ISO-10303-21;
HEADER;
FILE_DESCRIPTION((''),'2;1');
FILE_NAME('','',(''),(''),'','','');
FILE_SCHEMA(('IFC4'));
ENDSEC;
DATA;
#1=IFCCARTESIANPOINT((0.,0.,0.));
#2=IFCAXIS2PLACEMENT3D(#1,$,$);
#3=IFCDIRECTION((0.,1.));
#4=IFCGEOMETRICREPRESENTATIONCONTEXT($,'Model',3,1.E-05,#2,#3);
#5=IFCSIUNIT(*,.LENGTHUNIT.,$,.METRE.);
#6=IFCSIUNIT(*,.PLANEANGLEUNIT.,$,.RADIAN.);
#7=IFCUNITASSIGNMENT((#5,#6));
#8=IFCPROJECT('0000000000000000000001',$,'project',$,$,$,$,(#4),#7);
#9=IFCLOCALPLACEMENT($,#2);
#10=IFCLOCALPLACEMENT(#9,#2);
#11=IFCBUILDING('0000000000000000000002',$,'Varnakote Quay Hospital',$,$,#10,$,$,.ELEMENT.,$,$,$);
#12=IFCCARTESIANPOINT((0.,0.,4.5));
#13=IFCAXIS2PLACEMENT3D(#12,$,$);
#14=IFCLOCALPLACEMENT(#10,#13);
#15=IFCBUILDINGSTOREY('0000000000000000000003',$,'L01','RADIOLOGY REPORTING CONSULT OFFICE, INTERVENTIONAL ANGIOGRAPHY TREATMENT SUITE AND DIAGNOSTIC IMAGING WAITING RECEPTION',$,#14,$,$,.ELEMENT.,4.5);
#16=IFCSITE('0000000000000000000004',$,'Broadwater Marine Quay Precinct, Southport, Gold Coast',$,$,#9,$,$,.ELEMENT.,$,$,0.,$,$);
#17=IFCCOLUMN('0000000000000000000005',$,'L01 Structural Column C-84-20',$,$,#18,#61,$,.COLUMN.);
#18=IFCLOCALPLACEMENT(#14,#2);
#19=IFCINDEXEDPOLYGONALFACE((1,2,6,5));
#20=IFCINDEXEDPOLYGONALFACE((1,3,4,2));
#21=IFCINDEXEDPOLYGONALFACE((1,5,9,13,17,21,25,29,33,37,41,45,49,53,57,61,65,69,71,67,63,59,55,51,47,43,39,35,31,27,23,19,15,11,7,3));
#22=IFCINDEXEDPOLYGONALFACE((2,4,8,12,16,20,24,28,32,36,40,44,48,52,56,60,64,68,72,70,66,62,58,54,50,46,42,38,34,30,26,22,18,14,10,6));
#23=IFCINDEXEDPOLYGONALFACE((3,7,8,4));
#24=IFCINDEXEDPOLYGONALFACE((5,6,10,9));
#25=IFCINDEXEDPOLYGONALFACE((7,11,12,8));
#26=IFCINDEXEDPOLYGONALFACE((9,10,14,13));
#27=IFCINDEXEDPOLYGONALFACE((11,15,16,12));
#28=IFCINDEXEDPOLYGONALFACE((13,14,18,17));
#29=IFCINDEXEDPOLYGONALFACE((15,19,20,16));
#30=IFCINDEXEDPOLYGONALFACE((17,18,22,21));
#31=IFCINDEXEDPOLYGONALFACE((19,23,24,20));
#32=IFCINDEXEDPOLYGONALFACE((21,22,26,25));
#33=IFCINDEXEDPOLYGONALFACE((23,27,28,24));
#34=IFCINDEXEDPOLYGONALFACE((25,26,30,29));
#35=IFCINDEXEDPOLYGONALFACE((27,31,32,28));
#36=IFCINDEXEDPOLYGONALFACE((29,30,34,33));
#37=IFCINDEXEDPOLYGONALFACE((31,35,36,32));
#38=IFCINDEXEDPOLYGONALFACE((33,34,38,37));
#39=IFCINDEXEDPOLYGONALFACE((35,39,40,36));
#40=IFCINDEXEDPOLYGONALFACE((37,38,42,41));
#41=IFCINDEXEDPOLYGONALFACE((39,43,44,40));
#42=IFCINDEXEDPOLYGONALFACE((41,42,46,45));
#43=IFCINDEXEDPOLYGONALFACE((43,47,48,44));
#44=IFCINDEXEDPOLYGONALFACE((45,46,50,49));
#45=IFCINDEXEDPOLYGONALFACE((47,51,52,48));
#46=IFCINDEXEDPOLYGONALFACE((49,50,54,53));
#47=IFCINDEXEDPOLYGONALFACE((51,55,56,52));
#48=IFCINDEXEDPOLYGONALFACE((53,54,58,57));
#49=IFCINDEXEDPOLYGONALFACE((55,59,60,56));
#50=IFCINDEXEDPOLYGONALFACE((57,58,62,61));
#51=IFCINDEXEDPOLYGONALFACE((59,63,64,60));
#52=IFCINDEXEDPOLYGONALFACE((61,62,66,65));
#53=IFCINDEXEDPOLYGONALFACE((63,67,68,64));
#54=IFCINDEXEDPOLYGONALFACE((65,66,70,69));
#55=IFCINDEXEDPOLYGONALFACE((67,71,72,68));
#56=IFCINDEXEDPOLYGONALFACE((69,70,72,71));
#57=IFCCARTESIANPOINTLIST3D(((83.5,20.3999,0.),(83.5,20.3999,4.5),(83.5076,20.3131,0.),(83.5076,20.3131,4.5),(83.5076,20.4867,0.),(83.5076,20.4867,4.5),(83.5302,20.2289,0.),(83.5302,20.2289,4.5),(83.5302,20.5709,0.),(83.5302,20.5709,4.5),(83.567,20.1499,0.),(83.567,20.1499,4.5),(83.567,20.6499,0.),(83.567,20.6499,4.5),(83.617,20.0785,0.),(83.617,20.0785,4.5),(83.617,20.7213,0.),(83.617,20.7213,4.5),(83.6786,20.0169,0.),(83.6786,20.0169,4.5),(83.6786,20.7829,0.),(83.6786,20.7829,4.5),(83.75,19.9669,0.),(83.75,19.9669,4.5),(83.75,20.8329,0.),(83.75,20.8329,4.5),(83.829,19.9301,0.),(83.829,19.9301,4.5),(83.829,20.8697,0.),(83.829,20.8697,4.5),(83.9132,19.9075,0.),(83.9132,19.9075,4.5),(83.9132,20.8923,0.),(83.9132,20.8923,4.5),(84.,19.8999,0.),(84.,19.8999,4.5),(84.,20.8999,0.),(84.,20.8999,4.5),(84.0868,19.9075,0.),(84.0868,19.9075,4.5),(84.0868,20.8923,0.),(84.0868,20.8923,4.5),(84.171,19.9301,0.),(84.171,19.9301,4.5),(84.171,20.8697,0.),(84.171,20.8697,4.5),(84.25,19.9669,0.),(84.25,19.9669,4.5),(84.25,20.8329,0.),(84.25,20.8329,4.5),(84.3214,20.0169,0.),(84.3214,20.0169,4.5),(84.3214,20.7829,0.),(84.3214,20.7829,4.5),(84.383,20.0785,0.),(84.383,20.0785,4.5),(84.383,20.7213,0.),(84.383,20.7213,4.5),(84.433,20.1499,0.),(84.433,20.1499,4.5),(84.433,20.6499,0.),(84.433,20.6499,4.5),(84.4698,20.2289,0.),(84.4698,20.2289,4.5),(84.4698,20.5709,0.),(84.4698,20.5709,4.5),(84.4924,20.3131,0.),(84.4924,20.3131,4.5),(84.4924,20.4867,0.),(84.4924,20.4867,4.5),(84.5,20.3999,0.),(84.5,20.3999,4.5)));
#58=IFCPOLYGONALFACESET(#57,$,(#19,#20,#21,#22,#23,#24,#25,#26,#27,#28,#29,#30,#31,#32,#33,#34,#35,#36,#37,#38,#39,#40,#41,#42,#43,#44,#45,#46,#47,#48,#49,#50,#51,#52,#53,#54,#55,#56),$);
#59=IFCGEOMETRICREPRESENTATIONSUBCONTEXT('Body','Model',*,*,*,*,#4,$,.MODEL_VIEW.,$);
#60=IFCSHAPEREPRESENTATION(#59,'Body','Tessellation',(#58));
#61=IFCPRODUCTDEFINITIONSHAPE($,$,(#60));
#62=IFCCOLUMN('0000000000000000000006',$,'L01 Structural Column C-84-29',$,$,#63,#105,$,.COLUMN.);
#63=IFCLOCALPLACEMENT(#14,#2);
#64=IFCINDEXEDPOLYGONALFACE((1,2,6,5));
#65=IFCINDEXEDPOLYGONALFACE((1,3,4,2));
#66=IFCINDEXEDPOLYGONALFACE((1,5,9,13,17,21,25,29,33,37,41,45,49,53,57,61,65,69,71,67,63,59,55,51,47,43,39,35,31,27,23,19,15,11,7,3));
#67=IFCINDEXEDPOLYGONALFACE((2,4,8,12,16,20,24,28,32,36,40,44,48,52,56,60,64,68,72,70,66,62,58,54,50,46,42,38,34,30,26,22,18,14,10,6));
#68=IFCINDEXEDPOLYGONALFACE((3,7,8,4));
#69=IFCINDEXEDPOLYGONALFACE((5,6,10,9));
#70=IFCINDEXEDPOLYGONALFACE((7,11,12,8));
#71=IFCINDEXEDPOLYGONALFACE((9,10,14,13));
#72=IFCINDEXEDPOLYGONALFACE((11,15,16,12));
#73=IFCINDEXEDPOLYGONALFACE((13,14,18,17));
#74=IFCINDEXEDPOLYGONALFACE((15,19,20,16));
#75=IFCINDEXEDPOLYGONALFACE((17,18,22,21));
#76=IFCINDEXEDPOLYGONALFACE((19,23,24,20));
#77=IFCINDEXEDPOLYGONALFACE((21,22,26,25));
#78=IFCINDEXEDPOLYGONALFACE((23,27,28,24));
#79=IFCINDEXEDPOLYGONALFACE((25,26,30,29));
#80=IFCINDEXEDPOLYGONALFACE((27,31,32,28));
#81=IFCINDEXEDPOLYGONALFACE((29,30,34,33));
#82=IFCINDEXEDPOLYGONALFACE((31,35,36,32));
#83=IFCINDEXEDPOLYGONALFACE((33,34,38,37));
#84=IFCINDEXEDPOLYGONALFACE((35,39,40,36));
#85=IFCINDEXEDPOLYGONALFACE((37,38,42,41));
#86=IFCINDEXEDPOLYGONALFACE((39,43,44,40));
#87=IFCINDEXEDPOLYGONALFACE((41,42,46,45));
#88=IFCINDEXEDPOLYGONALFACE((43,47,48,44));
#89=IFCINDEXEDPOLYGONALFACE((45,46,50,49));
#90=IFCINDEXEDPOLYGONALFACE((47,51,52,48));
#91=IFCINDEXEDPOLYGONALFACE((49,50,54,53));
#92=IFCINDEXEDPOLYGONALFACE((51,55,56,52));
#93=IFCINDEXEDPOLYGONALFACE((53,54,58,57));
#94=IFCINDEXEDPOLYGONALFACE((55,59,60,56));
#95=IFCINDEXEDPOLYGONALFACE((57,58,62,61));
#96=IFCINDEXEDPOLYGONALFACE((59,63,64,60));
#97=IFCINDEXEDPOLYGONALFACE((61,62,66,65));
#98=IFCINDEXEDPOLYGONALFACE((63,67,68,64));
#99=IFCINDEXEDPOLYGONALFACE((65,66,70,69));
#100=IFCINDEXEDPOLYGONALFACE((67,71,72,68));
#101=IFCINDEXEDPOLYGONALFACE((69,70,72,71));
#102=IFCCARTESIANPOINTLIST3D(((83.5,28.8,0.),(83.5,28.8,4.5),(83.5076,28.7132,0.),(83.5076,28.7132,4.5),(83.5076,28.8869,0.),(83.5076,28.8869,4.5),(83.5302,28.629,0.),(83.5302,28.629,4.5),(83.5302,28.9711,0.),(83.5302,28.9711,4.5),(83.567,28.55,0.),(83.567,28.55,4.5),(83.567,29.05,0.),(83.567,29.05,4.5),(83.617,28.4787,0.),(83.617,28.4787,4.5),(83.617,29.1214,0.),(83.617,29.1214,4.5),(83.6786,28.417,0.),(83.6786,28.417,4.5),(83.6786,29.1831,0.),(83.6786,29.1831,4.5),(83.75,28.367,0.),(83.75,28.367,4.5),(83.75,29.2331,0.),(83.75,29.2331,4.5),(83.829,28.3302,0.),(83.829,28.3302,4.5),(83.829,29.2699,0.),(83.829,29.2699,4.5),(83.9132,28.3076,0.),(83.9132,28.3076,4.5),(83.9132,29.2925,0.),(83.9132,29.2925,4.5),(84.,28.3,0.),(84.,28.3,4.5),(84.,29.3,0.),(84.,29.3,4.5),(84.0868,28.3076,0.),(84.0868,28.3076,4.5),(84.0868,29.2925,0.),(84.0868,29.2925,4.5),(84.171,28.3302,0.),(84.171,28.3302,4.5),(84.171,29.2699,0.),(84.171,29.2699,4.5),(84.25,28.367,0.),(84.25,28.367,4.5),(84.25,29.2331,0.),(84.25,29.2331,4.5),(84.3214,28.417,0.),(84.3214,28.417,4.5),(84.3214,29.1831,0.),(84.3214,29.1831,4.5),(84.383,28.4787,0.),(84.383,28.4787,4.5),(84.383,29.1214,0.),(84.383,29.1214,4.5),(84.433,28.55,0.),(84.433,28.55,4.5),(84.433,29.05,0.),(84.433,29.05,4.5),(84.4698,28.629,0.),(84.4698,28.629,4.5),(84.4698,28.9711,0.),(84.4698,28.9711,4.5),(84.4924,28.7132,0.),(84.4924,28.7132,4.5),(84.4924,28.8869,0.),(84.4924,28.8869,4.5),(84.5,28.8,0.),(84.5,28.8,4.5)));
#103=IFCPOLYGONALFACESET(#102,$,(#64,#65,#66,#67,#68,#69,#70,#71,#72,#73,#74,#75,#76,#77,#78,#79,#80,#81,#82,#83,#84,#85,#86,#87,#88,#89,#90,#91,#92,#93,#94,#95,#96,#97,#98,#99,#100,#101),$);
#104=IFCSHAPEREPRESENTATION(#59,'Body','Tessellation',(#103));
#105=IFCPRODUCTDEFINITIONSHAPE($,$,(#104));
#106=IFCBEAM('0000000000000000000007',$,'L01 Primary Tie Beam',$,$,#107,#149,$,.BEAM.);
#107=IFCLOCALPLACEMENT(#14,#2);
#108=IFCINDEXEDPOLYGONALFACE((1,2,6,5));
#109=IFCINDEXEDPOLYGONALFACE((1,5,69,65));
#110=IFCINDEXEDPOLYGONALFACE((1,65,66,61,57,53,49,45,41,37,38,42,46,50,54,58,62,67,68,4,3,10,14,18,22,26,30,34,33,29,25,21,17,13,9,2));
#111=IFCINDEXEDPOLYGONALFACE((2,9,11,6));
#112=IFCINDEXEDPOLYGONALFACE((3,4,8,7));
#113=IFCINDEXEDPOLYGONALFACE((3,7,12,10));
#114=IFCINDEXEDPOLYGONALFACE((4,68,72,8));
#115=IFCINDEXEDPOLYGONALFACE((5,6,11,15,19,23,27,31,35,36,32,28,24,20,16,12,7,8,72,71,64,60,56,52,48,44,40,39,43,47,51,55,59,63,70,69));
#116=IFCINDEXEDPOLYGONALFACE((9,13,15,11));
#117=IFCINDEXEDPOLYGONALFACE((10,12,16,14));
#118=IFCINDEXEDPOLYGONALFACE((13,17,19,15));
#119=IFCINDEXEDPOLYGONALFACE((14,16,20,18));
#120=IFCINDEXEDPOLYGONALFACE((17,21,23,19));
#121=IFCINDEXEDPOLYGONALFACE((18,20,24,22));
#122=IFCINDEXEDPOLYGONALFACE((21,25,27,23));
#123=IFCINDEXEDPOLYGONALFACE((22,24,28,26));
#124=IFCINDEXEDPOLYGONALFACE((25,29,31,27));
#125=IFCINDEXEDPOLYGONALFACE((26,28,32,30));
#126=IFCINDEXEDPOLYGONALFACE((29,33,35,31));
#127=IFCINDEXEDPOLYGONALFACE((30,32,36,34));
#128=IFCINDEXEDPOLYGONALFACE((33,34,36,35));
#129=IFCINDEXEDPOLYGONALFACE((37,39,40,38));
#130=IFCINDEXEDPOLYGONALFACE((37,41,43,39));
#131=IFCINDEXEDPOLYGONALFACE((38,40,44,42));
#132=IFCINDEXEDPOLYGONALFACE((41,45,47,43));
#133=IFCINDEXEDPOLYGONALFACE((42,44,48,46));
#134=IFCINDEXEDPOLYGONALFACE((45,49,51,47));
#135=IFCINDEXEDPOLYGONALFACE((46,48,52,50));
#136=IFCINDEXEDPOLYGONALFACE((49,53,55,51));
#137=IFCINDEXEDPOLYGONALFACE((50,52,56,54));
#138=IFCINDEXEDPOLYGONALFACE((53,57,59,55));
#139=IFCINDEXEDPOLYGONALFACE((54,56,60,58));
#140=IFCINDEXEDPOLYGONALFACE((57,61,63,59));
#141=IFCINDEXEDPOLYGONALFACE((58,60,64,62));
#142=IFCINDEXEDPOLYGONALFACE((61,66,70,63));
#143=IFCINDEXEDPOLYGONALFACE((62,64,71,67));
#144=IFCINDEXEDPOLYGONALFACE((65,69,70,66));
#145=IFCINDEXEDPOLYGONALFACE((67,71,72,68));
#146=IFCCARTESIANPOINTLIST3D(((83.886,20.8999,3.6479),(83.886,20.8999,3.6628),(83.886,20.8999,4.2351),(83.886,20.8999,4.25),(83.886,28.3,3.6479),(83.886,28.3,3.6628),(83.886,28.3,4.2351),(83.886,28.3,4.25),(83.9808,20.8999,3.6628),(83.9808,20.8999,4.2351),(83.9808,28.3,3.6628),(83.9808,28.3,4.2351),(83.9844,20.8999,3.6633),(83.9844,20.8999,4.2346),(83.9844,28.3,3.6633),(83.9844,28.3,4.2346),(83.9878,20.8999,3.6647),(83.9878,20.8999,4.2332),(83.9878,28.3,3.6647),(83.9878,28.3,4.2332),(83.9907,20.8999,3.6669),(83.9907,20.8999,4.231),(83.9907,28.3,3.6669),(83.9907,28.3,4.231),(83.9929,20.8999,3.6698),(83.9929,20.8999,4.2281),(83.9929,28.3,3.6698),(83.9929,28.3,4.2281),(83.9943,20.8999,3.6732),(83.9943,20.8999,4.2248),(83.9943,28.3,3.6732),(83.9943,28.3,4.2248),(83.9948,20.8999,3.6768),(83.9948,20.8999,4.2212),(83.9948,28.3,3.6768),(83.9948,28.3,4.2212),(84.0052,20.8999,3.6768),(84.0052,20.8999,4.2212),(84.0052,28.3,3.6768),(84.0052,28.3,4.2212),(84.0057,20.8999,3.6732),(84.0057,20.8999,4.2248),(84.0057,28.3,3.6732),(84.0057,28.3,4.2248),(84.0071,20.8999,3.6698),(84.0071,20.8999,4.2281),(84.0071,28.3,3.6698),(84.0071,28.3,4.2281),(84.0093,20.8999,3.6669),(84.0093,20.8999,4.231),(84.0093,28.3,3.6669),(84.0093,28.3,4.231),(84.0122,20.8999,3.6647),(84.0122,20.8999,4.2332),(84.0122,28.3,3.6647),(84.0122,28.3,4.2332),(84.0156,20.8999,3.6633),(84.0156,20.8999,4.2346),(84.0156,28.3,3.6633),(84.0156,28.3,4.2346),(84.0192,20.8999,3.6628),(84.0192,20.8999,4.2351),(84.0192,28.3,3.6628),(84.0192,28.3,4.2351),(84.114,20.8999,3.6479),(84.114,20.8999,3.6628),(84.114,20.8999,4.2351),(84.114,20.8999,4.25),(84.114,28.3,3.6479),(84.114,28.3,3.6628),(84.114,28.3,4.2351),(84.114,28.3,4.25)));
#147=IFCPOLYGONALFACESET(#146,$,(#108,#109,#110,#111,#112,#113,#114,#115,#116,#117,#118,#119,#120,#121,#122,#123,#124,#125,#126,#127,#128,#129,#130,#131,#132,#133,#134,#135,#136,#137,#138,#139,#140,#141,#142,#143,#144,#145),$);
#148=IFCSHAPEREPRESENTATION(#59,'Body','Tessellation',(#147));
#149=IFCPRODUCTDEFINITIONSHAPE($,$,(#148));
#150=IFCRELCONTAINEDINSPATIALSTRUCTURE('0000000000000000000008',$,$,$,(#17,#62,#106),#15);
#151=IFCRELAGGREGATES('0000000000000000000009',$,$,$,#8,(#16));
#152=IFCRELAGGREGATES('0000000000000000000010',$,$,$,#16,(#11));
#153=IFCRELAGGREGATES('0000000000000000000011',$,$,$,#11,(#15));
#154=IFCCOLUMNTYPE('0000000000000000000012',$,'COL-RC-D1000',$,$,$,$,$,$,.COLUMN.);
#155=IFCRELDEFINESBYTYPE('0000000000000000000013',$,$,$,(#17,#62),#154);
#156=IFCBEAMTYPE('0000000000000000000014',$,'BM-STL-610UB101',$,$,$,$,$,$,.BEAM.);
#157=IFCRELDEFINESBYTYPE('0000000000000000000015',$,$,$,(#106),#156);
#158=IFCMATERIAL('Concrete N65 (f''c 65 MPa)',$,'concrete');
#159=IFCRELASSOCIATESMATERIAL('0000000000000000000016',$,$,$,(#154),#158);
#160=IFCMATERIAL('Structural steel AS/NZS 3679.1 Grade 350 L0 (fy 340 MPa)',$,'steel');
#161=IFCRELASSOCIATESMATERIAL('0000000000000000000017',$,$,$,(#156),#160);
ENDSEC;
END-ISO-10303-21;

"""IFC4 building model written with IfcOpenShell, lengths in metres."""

from ifc_helpers import new_model, si_unit, direction, frame, origin, origin_2d, place, context, subcontext, project, spatial, circle, i_section, extrude, material, material_profile, profile_set, type_object, element, save


model = new_model("IFC4")

# Units and contexts
model_context = context("Model", 3, precision=1e-05, world=origin(), true_north=direction((0.0, 1.0)))
body_context = subcontext(model_context, "Body", "Model", "MODEL_VIEW")
ifc_project = project(units=[si_unit("LENGTHUNIT", "METRE"), si_unit("PLANEANGLEUNIT", "RADIAN")], contexts=[model_context])

# Site, building, storey
site_placement = place(None, origin())
site = spatial("IfcSite", under=ifc_project, at=site_placement, Name="Broadwater Marine Quay Precinct, Southport, Gold Coast", CompositionType="ELEMENT", RefElevation=0.0)
building_placement = place(site_placement, origin())
building = spatial("IfcBuilding", under=site, at=building_placement, Name="Varnakote Quay Hospital", CompositionType="ELEMENT")
storey_placement = place(building_placement, frame((0.0, 0.0, 4.5)))
storey = spatial("IfcBuildingStorey", under=building, at=storey_placement, Name="L01", Description="RADIOLOGY REPORTING CONSULT OFFICE, INTERVENTIONAL ANGIOGRAPHY TREATMENT SUITE AND DIAGNOSTIC IMAGING WAITING RECEPTION", CompositionType="ELEMENT", Elevation=4.5)

# Columns
ifc_material_1 = material(Name="Concrete N65 (f'c 65 MPa)", Category="concrete")
ifc_material_profile_1 = material_profile(ifc_material_1, circle(Radius=0.5, at=origin_2d()), Name="RC-COL-D1000")
ifc_profile_set_1 = profile_set([ifc_material_profile_1], Name="Concrete N65 (f'c 65 MPa)")
column_type = type_object("IfcColumnType", Name="COL-RC-D1000", PredefinedType="COLUMN", material=ifc_profile_set_1)
for number, where, z_axis, x_axis, name in (
    (1, (84.0, 20.3999, 0.0), (0.0, 0.0, 1.0), (1.0, 0.0, 0.0), "L01 Structural Column C-84-20"),
    (2, (84.0, 28.8, 0.0), (0.0, 0.0, 1.0), (1.0, 0.0, 0.0), "L01 Structural Column C-84-29"),
):
    element("IfcColumn", number, at=place(storey_placement, frame(where, z_axis=z_axis, x_axis=x_axis)), inside=storey, type_object=column_type, Name=name, PredefinedType="COLUMN", context=body_context, shape_type="SweptSolid", body=[
        extrude(circle(Radius=0.5, at=origin_2d()), origin(), (0.0, 0.0, 1.0), 4.5),
    ])

# Beam
ifc_material_2 = material(Name="Structural steel AS/NZS 3679.1 Grade 350 L0 (fy 340 MPa)", Category="steel")
ifc_material_profile_2 = material_profile(ifc_material_2, i_section(OverallWidth=0.228, OverallDepth=0.6021, WebThickness=0.0105, FlangeThickness=0.0149, FilletRadius=0.0139, at=origin_2d()), Name="610UB101")
ifc_profile_set_2 = profile_set([ifc_material_profile_2], Name="Structural steel AS/NZS 3679.1 Grade 350 L0 (fy 340 MPa)")
beam_type = type_object("IfcBeamType", Name="BM-STL-610UB101", PredefinedType="BEAM", material=ifc_profile_set_2)
beam_placement = place(storey_placement, frame((84.0, 20.8999, 3.949), z_axis=(0.0, 1.0, 0.0), x_axis=(-1.0, 0.0, 0.0)))
element("IfcBeam", 3, at=beam_placement, inside=storey, type_object=beam_type, Name="L01 Primary Tie Beam", PredefinedType="BEAM", context=body_context, shape_type="SweptSolid", body=[
    extrude(i_section(OverallWidth=0.228, OverallDepth=0.6021, WebThickness=0.0105, FlangeThickness=0.0149, FilletRadius=0.0139, at=origin_2d()), origin(), (0.0, 0.0, 1.0), 7.4001),
])

save(model, "model.ifc")
